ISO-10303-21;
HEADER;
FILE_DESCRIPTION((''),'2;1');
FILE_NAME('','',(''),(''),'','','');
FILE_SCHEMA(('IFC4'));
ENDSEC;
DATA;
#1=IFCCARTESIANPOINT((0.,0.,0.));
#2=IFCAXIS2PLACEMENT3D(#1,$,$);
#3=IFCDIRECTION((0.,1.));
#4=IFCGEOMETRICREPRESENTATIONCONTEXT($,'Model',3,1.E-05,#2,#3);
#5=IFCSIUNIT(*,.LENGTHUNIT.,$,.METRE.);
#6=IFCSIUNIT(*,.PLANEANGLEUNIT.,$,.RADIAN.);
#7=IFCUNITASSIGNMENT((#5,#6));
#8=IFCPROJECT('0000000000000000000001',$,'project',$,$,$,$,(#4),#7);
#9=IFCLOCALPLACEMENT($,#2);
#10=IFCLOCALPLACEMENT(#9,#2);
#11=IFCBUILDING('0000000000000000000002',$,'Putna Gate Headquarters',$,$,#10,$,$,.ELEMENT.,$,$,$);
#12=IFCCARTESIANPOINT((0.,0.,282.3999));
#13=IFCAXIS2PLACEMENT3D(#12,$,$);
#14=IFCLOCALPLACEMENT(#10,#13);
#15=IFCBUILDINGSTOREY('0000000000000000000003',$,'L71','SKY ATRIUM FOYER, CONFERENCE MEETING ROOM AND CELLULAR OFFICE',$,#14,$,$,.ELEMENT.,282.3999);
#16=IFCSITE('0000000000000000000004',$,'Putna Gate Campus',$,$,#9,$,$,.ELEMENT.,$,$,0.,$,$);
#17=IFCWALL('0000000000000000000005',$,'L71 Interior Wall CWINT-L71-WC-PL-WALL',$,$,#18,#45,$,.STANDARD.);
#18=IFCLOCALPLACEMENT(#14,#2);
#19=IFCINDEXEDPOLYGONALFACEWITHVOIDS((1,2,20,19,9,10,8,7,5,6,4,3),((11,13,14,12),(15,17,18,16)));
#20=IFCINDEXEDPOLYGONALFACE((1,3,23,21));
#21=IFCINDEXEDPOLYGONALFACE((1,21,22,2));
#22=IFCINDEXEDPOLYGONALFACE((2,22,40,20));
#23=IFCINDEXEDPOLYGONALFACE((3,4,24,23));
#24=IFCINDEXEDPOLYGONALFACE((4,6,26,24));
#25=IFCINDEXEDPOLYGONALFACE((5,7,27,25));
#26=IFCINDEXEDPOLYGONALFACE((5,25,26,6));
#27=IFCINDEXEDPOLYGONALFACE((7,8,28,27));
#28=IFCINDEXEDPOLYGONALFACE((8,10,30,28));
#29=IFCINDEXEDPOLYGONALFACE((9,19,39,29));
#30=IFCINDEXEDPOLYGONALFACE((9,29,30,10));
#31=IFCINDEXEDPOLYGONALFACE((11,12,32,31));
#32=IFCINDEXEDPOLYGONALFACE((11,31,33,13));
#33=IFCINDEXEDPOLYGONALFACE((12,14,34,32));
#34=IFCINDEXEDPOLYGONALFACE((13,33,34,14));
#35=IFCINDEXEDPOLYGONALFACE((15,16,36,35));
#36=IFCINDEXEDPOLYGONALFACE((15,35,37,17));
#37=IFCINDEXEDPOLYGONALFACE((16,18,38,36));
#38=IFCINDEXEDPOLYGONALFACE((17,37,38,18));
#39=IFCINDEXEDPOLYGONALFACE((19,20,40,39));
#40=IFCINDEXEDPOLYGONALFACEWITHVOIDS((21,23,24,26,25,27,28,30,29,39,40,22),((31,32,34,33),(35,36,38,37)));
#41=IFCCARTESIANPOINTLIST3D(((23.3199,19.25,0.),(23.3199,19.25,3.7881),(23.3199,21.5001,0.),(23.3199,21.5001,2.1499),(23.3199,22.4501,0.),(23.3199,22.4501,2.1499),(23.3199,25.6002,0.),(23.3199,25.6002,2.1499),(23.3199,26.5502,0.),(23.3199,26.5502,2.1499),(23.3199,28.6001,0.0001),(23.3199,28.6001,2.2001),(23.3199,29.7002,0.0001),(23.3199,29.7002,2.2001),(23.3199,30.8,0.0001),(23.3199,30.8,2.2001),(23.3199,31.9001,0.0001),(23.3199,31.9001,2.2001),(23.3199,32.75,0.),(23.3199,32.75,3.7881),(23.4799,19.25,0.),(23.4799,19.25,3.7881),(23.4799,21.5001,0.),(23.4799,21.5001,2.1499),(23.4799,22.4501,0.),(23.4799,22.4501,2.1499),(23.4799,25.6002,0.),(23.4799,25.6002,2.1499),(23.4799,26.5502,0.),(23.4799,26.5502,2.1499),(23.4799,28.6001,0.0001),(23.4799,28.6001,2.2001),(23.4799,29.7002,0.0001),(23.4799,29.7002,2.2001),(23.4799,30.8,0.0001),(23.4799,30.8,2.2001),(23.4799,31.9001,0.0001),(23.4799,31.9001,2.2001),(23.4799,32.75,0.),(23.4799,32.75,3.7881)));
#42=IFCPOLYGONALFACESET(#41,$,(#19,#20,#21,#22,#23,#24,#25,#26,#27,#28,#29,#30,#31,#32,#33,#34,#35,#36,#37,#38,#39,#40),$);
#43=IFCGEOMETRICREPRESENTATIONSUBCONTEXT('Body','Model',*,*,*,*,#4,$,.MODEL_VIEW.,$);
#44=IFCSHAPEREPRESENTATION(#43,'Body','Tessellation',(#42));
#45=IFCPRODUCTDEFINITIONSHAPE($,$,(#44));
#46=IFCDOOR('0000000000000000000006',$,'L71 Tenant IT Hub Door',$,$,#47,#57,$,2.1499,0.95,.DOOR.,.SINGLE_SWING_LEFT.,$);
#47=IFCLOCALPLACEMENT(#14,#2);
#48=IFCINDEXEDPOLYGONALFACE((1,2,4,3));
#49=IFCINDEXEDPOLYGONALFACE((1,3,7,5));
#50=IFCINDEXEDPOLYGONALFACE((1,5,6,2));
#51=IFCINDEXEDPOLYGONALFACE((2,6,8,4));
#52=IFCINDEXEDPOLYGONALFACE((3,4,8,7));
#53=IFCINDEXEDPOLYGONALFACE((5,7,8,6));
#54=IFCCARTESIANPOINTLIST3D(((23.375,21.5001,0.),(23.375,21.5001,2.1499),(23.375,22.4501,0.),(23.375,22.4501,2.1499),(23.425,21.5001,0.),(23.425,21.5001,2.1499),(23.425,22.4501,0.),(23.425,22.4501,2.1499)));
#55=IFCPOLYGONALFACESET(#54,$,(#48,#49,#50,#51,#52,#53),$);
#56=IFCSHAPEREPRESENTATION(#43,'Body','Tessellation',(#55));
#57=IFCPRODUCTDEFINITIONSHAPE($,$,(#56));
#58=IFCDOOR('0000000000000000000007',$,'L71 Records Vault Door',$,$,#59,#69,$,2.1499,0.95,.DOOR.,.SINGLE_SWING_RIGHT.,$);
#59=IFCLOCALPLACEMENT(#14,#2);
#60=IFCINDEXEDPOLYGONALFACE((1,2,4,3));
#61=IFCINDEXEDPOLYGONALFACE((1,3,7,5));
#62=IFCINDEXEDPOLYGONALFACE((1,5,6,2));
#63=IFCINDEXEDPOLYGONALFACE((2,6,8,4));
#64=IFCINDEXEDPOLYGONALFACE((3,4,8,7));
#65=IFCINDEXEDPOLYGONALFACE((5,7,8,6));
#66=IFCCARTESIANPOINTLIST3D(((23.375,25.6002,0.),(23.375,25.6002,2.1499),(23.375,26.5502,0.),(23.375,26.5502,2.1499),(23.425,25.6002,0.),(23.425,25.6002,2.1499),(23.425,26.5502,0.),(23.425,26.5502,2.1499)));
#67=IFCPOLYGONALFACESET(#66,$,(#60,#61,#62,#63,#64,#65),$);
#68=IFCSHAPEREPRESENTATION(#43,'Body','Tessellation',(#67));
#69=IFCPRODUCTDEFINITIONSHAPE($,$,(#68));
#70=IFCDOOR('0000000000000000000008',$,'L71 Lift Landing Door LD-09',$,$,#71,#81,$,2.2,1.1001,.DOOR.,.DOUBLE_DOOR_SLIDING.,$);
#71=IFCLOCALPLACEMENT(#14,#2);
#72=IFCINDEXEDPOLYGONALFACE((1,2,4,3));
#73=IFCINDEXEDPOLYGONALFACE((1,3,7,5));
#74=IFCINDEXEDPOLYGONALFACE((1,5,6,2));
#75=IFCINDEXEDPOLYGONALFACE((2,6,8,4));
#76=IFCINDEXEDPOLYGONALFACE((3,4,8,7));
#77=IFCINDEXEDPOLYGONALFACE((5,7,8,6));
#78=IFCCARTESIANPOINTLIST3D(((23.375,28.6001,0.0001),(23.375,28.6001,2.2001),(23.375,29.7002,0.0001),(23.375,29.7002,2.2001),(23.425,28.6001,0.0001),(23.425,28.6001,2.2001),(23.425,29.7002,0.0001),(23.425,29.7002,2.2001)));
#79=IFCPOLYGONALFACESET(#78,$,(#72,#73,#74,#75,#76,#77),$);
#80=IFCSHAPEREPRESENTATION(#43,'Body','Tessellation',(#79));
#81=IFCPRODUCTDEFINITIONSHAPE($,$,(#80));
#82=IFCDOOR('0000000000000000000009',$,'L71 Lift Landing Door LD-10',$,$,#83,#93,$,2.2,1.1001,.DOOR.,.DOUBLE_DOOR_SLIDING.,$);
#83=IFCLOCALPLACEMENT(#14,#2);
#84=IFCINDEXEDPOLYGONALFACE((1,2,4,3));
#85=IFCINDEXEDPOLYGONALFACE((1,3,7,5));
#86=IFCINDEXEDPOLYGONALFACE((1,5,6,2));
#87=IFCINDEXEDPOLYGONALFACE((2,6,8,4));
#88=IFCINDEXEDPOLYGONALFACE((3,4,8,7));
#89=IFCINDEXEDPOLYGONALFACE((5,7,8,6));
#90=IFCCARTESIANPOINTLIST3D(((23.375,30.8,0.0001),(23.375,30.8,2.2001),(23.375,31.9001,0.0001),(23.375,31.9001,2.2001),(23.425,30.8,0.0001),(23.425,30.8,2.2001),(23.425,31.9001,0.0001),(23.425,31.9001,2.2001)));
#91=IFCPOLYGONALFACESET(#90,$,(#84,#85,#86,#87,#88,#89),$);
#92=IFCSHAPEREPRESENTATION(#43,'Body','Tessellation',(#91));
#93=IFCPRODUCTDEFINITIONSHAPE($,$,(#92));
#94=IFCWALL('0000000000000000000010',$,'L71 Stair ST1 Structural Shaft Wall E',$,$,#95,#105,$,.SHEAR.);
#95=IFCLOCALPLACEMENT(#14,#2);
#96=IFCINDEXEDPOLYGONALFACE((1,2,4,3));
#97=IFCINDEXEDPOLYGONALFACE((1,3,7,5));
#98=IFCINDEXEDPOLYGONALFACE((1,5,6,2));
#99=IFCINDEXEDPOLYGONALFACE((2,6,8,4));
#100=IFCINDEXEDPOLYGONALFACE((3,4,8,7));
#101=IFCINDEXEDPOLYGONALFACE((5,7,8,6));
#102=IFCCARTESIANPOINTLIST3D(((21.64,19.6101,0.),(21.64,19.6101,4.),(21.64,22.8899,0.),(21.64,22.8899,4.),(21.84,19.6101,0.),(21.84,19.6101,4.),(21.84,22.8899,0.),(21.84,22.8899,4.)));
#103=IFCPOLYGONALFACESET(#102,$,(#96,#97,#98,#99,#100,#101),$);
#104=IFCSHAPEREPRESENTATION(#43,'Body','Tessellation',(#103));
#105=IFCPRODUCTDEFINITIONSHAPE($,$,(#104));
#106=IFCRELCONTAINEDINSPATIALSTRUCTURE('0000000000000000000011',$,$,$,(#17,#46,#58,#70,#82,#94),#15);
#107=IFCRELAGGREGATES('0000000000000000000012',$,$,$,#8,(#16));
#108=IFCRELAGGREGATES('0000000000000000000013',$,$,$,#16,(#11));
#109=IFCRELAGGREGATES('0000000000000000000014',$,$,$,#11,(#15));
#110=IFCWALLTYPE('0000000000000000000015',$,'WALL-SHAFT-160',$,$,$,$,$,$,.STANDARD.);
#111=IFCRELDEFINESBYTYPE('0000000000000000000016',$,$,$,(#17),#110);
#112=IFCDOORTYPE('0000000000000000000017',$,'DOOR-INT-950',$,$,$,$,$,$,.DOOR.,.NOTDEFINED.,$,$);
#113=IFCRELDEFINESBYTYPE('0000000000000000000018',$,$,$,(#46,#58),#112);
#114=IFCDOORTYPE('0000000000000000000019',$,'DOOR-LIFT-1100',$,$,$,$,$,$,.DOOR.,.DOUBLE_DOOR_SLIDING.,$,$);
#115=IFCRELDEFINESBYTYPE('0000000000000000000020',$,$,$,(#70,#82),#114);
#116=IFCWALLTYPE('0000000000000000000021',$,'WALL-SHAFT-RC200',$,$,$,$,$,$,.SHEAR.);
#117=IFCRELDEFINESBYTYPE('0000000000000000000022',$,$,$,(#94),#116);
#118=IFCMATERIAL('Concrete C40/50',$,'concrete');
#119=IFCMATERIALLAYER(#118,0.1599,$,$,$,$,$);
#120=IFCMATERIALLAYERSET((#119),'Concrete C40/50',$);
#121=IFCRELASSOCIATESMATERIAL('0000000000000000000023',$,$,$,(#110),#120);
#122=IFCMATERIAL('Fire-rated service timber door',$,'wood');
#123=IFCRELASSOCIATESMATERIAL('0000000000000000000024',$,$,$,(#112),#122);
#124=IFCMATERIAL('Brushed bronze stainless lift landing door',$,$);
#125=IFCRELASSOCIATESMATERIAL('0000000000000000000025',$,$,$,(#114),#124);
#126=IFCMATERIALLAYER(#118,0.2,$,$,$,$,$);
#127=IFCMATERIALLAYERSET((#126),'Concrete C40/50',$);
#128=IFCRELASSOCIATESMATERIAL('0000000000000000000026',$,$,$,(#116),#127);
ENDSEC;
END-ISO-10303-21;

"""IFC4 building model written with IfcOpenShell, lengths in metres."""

from ifc_helpers import new_model, si_unit, direction, frame, frame_2d, origin, place, context, subcontext, project, spatial, rectangle, extrude, material, layer, layer_set, type_object, element, fill, save


model = new_model("IFC4")

# Units and contexts
model_context = context("Model", 3, precision=1e-05, world=origin(), true_north=direction((0.0, 1.0)))
body_context = subcontext(model_context, "Body", "Model", "MODEL_VIEW")
ifc_project = project(units=[si_unit("LENGTHUNIT", "METRE"), si_unit("PLANEANGLEUNIT", "RADIAN")], contexts=[model_context])

# Site, building, storey
site_placement = place(None, origin())
site = spatial("IfcSite", under=ifc_project, at=site_placement, Name="Putna Gate Campus", CompositionType="ELEMENT", RefElevation=0.0)
building_placement = place(site_placement, origin())
building = spatial("IfcBuilding", under=site, at=building_placement, Name="Putna Gate Headquarters", CompositionType="ELEMENT")
storey_placement = place(building_placement, frame((0.0, 0.0, 282.3999)))
storey = spatial("IfcBuildingStorey", under=building, at=storey_placement, Name="L71", Description="SKY ATRIUM FOYER, CONFERENCE MEETING ROOM AND CELLULAR OFFICE", CompositionType="ELEMENT", Elevation=282.3999)

# Wall, openings, doors
ifc_material_1 = material(Name="Concrete C40/50", Category="concrete")
ifc_layer_1 = layer(ifc_material_1, 0.1599)
ifc_layer_set_1 = layer_set([ifc_layer_1], Name="Concrete C40/50")
wall_type_1 = type_object("IfcWallType", Name="WALL-SHAFT-160", PredefinedType="STANDARD", material=ifc_layer_set_1)
wall_1_placement = place(storey_placement, frame((23.3999, 19.25, 0.0), z_axis=(0.0, 0.0, 1.0), x_axis=(0.0, 1.0, 0.0)))
wall_1 = element("IfcWall", 1, at=wall_1_placement, inside=storey, type_object=wall_type_1, Name="L71 Interior Wall CWINT-L71-WC-PL-WALL", PredefinedType="STANDARD", context=body_context, shape_type="SweptSolid", body=[
    extrude(rectangle(XDim=13.5, YDim=0.1599, at=frame_2d((6.75, 0.0))), origin(), (0.0, 0.0, 1.0), 3.7881),
])
opening_1_placement = place(wall_1_placement, frame((2.25, 0.0, 0.0)))
opening_1 = element("IfcOpeningElement", 2, at=opening_1_placement, cuts=wall_1, PredefinedType="OPENING", context=body_context, shape_type="SweptSolid", body=[
    extrude(rectangle(XDim=0.95, YDim=2.1499, at=frame_2d((0.4751, 1.075))), frame((0.0, 0.0898, 0.0), z_axis=(0.0, -1.0, 0.0), x_axis=(1.0, 0.0, 0.0)), (0.0, 0.0, 1.0), 0.1799),
])
opening_2_placement = place(wall_1_placement, frame((6.3501, 0.0, 0.0)))
opening_2 = element("IfcOpeningElement", 3, at=opening_2_placement, cuts=wall_1, PredefinedType="OPENING", context=body_context, shape_type="SweptSolid", body=[
    extrude(rectangle(XDim=0.95, YDim=2.1499, at=frame_2d((0.4751, 1.075))), frame((0.0, 0.0898, 0.0), z_axis=(0.0, -1.0, 0.0), x_axis=(1.0, 0.0, 0.0)), (0.0, 0.0, 1.0), 0.1799),
])
opening_3_placement = place(wall_1_placement, frame((9.3501, 0.0, 0.0)))
opening_3 = element("IfcOpeningElement", 4, at=opening_3_placement, cuts=wall_1, PredefinedType="OPENING", context=body_context, shape_type="SweptSolid", body=[
    extrude(rectangle(XDim=1.1001, YDim=2.2, at=frame_2d((0.55, 1.1001))), frame((0.0, 0.0898, 0.0), z_axis=(0.0, -1.0, 0.0), x_axis=(1.0, 0.0, 0.0)), (0.0, 0.0, 1.0), 0.1799),
])
opening_4_placement = place(wall_1_placement, frame((11.55, 0.0, 0.0)))
opening_4 = element("IfcOpeningElement", 5, at=opening_4_placement, cuts=wall_1, PredefinedType="OPENING", context=body_context, shape_type="SweptSolid", body=[
    extrude(rectangle(XDim=1.1001, YDim=2.2, at=frame_2d((0.55, 1.1001))), frame((0.0, 0.0898, 0.0), z_axis=(0.0, -1.0, 0.0), x_axis=(1.0, 0.0, 0.0)), (0.0, 0.0, 1.0), 0.1799),
])
ifc_material_2 = material(Name="Fire-rated service timber door", Category="wood")
door_type_1 = type_object("IfcDoorType", Name="DOOR-INT-950", OperationType="NOTDEFINED", PredefinedType="DOOR", material=ifc_material_2)
door_1_placement = place(opening_1_placement, origin())
door_1 = element("IfcDoor", 6, at=door_1_placement, inside=storey, type_object=door_type_1, Name="L71 Tenant IT Hub Door", OperationType="SINGLE_SWING_LEFT", OverallHeight=2.1499, OverallWidth=0.95, PredefinedType="DOOR", context=body_context, shape_type="SweptSolid", body=[
    extrude(rectangle(XDim=0.95, YDim=2.1499, at=frame_2d((0.4751, 1.075))), frame((0.0, 0.0249, 0.0), z_axis=(0.0, -1.0, 0.0), x_axis=(1.0, 0.0, 0.0)), (0.0, 0.0, 1.0), 0.05),
])
fill(opening_1, door_1)
door_2_placement = place(opening_2_placement, origin())
door_2 = element("IfcDoor", 7, at=door_2_placement, inside=storey, type_object=door_type_1, Name="L71 Records Vault Door", OperationType="SINGLE_SWING_RIGHT", OverallHeight=2.1499, OverallWidth=0.95, PredefinedType="DOOR", context=body_context, shape_type="SweptSolid", body=[
    extrude(rectangle(XDim=0.95, YDim=2.1499, at=frame_2d((0.4751, 1.075))), frame((0.0, 0.0249, 0.0), z_axis=(0.0, -1.0, 0.0), x_axis=(1.0, 0.0, 0.0)), (0.0, 0.0, 1.0), 0.05),
])
fill(opening_2, door_2)
ifc_material_3 = material(Name="Brushed bronze stainless lift landing door")
door_type_2 = type_object("IfcDoorType", Name="DOOR-LIFT-1100", OperationType="DOUBLE_DOOR_SLIDING", PredefinedType="DOOR", material=ifc_material_3)
door_3_placement = place(opening_3_placement, origin())
door_3 = element("IfcDoor", 8, at=door_3_placement, inside=storey, type_object=door_type_2, Name="L71 Lift Landing Door LD-09", OperationType="DOUBLE_DOOR_SLIDING", OverallHeight=2.2, OverallWidth=1.1001, PredefinedType="DOOR", context=body_context, shape_type="SweptSolid", body=[
    extrude(rectangle(XDim=1.1001, YDim=2.2, at=frame_2d((0.55, 1.1001))), frame((0.0, 0.0249, 0.0), z_axis=(0.0, -1.0, 0.0), x_axis=(1.0, 0.0, 0.0)), (0.0, 0.0, 1.0), 0.05),
])
fill(opening_3, door_3)
door_4_placement = place(opening_4_placement, origin())
door_4 = element("IfcDoor", 9, at=door_4_placement, inside=storey, type_object=door_type_2, Name="L71 Lift Landing Door LD-10", OperationType="DOUBLE_DOOR_SLIDING", OverallHeight=2.2, OverallWidth=1.1001, PredefinedType="DOOR", context=body_context, shape_type="SweptSolid", body=[
    extrude(rectangle(XDim=1.1001, YDim=2.2, at=frame_2d((0.55, 1.1001))), frame((0.0, 0.0249, 0.0), z_axis=(0.0, -1.0, 0.0), x_axis=(1.0, 0.0, 0.0)), (0.0, 0.0, 1.0), 0.05),
])
fill(opening_4, door_4)

# Wall
ifc_layer_2 = layer(ifc_material_1, 0.2)
ifc_layer_set_2 = layer_set([ifc_layer_2], Name="Concrete C40/50")
wall_type_2 = type_object("IfcWallType", Name="WALL-SHAFT-RC200", PredefinedType="SHEAR", material=ifc_layer_set_2)
wall_2_placement = place(storey_placement, frame((21.74, 19.6101, 0.0), z_axis=(0.0, 0.0, 1.0), x_axis=(0.0, 1.0, 0.0)))
element("IfcWall", 10, at=wall_2_placement, inside=storey, type_object=wall_type_2, Name="L71 Stair ST1 Structural Shaft Wall E", PredefinedType="SHEAR", context=body_context, shape_type="SweptSolid", body=[
    extrude(rectangle(XDim=3.2798, YDim=0.2, at=frame_2d((1.6399, 0.0))), origin(), (0.0, 0.0, 1.0), 4.0),
])

save(model, "model.ifc")
